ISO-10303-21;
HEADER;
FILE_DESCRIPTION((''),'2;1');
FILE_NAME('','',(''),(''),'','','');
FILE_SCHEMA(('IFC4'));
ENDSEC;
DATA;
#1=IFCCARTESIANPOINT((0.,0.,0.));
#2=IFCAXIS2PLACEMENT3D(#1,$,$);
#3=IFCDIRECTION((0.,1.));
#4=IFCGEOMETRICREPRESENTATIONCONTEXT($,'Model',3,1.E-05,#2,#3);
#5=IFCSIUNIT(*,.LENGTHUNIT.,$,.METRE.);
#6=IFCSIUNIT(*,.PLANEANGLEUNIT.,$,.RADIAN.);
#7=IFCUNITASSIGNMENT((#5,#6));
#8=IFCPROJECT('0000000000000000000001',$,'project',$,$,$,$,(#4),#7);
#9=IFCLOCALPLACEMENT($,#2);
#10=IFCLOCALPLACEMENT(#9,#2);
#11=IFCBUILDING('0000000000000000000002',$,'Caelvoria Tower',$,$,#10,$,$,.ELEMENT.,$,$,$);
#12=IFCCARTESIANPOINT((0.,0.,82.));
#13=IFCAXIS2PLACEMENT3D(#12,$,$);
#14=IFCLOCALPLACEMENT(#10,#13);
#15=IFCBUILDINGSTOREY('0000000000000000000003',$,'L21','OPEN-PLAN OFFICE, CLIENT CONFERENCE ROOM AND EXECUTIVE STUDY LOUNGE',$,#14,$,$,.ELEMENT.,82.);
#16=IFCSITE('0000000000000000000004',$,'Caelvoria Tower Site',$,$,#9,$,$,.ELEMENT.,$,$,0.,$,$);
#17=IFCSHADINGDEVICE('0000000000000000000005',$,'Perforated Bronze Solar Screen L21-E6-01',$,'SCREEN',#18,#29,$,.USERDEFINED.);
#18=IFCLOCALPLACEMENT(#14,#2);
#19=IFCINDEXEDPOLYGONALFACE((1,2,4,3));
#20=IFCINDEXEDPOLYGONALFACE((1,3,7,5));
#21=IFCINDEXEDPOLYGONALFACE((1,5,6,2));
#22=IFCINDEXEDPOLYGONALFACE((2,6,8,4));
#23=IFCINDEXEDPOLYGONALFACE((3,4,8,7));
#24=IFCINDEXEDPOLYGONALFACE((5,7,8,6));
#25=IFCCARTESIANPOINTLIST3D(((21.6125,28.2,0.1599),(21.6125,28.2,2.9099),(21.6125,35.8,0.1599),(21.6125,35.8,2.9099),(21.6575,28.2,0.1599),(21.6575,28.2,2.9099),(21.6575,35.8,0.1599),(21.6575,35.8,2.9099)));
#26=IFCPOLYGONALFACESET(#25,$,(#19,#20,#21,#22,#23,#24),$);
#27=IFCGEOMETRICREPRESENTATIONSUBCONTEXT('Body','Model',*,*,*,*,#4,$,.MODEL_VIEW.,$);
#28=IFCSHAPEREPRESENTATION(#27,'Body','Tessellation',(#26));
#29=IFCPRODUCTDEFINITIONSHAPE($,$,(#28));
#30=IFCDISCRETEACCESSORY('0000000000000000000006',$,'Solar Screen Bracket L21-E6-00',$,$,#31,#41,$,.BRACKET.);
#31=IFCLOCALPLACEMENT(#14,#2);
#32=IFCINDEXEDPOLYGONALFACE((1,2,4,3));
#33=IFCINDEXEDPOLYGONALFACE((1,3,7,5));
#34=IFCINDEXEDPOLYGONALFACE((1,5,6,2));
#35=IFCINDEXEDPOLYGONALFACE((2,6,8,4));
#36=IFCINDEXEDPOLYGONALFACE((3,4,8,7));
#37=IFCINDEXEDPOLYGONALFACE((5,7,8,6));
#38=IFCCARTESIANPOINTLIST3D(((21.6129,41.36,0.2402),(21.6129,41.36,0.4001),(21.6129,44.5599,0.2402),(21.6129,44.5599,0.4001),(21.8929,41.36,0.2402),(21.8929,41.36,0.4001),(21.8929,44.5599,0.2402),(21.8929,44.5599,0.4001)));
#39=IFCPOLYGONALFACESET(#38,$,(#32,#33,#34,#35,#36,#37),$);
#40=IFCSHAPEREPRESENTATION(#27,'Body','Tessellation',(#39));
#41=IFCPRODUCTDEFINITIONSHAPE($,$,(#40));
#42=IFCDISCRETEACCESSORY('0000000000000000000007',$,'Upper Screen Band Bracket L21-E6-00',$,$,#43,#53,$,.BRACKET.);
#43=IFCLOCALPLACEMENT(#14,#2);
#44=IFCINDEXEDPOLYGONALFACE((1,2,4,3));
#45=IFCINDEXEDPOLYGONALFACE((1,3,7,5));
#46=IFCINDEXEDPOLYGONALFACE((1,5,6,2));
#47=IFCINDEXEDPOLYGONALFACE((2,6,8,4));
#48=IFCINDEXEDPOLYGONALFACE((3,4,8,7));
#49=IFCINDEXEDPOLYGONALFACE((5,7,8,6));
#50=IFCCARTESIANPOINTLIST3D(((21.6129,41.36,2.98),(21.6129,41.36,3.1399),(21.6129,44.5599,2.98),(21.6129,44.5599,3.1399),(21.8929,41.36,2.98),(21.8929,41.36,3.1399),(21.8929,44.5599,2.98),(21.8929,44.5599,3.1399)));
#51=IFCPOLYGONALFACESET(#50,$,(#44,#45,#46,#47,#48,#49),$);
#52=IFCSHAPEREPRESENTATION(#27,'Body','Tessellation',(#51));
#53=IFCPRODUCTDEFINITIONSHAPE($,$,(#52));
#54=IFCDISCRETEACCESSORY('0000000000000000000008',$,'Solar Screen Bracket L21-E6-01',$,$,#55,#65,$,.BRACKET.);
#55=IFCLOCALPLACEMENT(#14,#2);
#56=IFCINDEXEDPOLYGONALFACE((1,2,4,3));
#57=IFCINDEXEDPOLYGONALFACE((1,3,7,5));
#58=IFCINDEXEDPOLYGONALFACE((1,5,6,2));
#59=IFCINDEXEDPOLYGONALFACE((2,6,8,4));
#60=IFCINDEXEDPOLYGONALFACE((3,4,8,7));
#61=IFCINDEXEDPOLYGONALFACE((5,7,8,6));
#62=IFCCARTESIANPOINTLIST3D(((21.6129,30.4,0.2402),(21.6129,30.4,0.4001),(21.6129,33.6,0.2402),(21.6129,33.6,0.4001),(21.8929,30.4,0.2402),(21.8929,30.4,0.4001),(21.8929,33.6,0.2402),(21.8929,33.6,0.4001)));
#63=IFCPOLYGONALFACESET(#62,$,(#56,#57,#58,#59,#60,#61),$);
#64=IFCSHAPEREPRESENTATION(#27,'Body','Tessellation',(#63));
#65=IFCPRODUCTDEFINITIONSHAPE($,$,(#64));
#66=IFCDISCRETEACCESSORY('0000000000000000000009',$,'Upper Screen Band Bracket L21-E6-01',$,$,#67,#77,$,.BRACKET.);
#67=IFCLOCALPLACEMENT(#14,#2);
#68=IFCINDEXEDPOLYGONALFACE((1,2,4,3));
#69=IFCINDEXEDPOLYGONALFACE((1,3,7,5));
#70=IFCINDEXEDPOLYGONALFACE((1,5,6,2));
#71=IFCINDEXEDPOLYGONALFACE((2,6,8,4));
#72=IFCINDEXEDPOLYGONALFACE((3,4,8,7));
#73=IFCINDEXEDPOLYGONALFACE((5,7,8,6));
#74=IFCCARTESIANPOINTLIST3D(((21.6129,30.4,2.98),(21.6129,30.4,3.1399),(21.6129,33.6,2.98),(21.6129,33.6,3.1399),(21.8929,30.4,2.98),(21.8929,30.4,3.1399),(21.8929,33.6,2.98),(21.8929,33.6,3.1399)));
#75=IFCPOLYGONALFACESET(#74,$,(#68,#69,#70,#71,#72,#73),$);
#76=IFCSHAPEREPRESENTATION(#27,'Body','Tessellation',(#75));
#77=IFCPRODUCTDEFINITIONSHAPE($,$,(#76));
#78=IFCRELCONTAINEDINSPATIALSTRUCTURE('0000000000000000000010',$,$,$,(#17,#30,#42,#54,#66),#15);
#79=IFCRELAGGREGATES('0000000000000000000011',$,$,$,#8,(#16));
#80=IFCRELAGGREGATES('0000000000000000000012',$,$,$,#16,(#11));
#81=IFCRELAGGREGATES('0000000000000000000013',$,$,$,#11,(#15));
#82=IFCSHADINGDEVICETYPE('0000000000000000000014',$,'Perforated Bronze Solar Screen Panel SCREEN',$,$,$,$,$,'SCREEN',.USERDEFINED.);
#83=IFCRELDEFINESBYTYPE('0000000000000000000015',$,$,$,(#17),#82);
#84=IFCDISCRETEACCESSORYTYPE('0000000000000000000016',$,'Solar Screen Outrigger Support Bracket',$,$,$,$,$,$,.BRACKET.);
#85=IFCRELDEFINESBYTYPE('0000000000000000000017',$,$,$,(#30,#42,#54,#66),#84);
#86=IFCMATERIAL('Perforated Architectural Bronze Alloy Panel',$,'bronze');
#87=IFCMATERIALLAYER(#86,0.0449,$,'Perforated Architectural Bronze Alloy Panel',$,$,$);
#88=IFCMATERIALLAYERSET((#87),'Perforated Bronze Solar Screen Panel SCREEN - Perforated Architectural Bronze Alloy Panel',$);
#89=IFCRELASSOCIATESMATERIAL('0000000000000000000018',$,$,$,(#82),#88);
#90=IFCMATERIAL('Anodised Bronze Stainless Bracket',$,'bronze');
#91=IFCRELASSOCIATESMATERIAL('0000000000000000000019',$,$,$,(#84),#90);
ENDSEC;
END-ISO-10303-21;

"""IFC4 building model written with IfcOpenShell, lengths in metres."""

from ifc_helpers import new_model, si_unit, direction, frame, origin, origin_2d, place, context, subcontext, project, spatial, rectangle, extrude, material, layer, layer_set, type_object, element, save


model = new_model("IFC4")

# Units and contexts
model_context = context("Model", 3, precision=1e-05, world=origin(), true_north=direction((0.0, 1.0)))
body_context = subcontext(model_context, "Body", "Model", "MODEL_VIEW")
ifc_project = project(units=[si_unit("LENGTHUNIT", "METRE"), si_unit("PLANEANGLEUNIT", "RADIAN")], contexts=[model_context])

# Site, building, storey
site_placement = place(None, origin())
site = spatial("IfcSite", under=ifc_project, at=site_placement, Name="Caelvoria Tower Site", CompositionType="ELEMENT", RefElevation=0.0)
building_placement = place(site_placement, origin())
building = spatial("IfcBuilding", under=site, at=building_placement, Name="Caelvoria Tower", CompositionType="ELEMENT")
storey_placement = place(building_placement, frame((0.0, 0.0, 82.0)))
storey = spatial("IfcBuildingStorey", under=building, at=storey_placement, Name="L21", Description="OPEN-PLAN OFFICE, CLIENT CONFERENCE ROOM AND EXECUTIVE STUDY LOUNGE", CompositionType="ELEMENT", Elevation=82.0)

# Shading device
ifc_material_1 = material(Name="Perforated Architectural Bronze Alloy Panel", Category="bronze")
ifc_layer_1 = layer(ifc_material_1, 0.0449, Name="Perforated Architectural Bronze Alloy Panel")
ifc_layer_set_1 = layer_set([ifc_layer_1], Name="Perforated Bronze Solar Screen Panel SCREEN - Perforated Architectural Bronze Alloy Panel")
shading_device_type = type_object("IfcShadingDeviceType", Name="Perforated Bronze Solar Screen Panel SCREEN", ElementType="SCREEN", PredefinedType="USERDEFINED", material=ifc_layer_set_1)
for number, where, z_axis, x_axis, name in (
    (1, (21.635, 32.0, 0.1599), (0.0, 0.0, 1.0), (0.0, -1.0, 0.0), "Perforated Bronze Solar Screen L21-E6-01"),
):
    element("IfcShadingDevice", number, at=place(storey_placement, frame(where, z_axis=z_axis, x_axis=x_axis)), inside=storey, type_object=shading_device_type, Name=name, ObjectType="SCREEN", PredefinedType="USERDEFINED", context=body_context, shape_type="SweptSolid", body=[
        extrude(rectangle(XDim=7.6001, YDim=0.0449, at=origin_2d()), origin(), (0.0, 0.0, 1.0), 2.75),
    ])

# Discrete accessories
ifc_material_2 = material(Name="Anodised Bronze Stainless Bracket", Category="bronze")
discrete_accessory_type = type_object("IfcDiscreteAccessoryType", Name="Solar Screen Outrigger Support Bracket", PredefinedType="BRACKET", material=ifc_material_2)
for number, where, z_axis, x_axis, name in (
    (2, (21.7529, 42.96, 0.2402), (0.0, 0.0, 1.0), (0.0, -1.0, 0.0), "Solar Screen Bracket L21-E6-00"),
    (3, (21.7529, 42.96, 2.98), (0.0, 0.0, 1.0), (0.0, -1.0, 0.0), "Upper Screen Band Bracket L21-E6-00"),
    (4, (21.7529, 32.0, 0.2402), (0.0, 0.0, 1.0), (0.0, -1.0, 0.0), "Solar Screen Bracket L21-E6-01"),
    (5, (21.7529, 32.0, 2.98), (0.0, 0.0, 1.0), (0.0, -1.0, 0.0), "Upper Screen Band Bracket L21-E6-01"),
):
    element("IfcDiscreteAccessory", number, at=place(storey_placement, frame(where, z_axis=z_axis, x_axis=x_axis)), inside=storey, type_object=discrete_accessory_type, Name=name, PredefinedType="BRACKET", context=body_context, shape_type="SweptSolid", body=[
        extrude(rectangle(XDim=3.2, YDim=0.28, at=origin_2d()), origin(), (0.0, 0.0, 1.0), 0.1599),
    ])

save(model, "model.ifc")
